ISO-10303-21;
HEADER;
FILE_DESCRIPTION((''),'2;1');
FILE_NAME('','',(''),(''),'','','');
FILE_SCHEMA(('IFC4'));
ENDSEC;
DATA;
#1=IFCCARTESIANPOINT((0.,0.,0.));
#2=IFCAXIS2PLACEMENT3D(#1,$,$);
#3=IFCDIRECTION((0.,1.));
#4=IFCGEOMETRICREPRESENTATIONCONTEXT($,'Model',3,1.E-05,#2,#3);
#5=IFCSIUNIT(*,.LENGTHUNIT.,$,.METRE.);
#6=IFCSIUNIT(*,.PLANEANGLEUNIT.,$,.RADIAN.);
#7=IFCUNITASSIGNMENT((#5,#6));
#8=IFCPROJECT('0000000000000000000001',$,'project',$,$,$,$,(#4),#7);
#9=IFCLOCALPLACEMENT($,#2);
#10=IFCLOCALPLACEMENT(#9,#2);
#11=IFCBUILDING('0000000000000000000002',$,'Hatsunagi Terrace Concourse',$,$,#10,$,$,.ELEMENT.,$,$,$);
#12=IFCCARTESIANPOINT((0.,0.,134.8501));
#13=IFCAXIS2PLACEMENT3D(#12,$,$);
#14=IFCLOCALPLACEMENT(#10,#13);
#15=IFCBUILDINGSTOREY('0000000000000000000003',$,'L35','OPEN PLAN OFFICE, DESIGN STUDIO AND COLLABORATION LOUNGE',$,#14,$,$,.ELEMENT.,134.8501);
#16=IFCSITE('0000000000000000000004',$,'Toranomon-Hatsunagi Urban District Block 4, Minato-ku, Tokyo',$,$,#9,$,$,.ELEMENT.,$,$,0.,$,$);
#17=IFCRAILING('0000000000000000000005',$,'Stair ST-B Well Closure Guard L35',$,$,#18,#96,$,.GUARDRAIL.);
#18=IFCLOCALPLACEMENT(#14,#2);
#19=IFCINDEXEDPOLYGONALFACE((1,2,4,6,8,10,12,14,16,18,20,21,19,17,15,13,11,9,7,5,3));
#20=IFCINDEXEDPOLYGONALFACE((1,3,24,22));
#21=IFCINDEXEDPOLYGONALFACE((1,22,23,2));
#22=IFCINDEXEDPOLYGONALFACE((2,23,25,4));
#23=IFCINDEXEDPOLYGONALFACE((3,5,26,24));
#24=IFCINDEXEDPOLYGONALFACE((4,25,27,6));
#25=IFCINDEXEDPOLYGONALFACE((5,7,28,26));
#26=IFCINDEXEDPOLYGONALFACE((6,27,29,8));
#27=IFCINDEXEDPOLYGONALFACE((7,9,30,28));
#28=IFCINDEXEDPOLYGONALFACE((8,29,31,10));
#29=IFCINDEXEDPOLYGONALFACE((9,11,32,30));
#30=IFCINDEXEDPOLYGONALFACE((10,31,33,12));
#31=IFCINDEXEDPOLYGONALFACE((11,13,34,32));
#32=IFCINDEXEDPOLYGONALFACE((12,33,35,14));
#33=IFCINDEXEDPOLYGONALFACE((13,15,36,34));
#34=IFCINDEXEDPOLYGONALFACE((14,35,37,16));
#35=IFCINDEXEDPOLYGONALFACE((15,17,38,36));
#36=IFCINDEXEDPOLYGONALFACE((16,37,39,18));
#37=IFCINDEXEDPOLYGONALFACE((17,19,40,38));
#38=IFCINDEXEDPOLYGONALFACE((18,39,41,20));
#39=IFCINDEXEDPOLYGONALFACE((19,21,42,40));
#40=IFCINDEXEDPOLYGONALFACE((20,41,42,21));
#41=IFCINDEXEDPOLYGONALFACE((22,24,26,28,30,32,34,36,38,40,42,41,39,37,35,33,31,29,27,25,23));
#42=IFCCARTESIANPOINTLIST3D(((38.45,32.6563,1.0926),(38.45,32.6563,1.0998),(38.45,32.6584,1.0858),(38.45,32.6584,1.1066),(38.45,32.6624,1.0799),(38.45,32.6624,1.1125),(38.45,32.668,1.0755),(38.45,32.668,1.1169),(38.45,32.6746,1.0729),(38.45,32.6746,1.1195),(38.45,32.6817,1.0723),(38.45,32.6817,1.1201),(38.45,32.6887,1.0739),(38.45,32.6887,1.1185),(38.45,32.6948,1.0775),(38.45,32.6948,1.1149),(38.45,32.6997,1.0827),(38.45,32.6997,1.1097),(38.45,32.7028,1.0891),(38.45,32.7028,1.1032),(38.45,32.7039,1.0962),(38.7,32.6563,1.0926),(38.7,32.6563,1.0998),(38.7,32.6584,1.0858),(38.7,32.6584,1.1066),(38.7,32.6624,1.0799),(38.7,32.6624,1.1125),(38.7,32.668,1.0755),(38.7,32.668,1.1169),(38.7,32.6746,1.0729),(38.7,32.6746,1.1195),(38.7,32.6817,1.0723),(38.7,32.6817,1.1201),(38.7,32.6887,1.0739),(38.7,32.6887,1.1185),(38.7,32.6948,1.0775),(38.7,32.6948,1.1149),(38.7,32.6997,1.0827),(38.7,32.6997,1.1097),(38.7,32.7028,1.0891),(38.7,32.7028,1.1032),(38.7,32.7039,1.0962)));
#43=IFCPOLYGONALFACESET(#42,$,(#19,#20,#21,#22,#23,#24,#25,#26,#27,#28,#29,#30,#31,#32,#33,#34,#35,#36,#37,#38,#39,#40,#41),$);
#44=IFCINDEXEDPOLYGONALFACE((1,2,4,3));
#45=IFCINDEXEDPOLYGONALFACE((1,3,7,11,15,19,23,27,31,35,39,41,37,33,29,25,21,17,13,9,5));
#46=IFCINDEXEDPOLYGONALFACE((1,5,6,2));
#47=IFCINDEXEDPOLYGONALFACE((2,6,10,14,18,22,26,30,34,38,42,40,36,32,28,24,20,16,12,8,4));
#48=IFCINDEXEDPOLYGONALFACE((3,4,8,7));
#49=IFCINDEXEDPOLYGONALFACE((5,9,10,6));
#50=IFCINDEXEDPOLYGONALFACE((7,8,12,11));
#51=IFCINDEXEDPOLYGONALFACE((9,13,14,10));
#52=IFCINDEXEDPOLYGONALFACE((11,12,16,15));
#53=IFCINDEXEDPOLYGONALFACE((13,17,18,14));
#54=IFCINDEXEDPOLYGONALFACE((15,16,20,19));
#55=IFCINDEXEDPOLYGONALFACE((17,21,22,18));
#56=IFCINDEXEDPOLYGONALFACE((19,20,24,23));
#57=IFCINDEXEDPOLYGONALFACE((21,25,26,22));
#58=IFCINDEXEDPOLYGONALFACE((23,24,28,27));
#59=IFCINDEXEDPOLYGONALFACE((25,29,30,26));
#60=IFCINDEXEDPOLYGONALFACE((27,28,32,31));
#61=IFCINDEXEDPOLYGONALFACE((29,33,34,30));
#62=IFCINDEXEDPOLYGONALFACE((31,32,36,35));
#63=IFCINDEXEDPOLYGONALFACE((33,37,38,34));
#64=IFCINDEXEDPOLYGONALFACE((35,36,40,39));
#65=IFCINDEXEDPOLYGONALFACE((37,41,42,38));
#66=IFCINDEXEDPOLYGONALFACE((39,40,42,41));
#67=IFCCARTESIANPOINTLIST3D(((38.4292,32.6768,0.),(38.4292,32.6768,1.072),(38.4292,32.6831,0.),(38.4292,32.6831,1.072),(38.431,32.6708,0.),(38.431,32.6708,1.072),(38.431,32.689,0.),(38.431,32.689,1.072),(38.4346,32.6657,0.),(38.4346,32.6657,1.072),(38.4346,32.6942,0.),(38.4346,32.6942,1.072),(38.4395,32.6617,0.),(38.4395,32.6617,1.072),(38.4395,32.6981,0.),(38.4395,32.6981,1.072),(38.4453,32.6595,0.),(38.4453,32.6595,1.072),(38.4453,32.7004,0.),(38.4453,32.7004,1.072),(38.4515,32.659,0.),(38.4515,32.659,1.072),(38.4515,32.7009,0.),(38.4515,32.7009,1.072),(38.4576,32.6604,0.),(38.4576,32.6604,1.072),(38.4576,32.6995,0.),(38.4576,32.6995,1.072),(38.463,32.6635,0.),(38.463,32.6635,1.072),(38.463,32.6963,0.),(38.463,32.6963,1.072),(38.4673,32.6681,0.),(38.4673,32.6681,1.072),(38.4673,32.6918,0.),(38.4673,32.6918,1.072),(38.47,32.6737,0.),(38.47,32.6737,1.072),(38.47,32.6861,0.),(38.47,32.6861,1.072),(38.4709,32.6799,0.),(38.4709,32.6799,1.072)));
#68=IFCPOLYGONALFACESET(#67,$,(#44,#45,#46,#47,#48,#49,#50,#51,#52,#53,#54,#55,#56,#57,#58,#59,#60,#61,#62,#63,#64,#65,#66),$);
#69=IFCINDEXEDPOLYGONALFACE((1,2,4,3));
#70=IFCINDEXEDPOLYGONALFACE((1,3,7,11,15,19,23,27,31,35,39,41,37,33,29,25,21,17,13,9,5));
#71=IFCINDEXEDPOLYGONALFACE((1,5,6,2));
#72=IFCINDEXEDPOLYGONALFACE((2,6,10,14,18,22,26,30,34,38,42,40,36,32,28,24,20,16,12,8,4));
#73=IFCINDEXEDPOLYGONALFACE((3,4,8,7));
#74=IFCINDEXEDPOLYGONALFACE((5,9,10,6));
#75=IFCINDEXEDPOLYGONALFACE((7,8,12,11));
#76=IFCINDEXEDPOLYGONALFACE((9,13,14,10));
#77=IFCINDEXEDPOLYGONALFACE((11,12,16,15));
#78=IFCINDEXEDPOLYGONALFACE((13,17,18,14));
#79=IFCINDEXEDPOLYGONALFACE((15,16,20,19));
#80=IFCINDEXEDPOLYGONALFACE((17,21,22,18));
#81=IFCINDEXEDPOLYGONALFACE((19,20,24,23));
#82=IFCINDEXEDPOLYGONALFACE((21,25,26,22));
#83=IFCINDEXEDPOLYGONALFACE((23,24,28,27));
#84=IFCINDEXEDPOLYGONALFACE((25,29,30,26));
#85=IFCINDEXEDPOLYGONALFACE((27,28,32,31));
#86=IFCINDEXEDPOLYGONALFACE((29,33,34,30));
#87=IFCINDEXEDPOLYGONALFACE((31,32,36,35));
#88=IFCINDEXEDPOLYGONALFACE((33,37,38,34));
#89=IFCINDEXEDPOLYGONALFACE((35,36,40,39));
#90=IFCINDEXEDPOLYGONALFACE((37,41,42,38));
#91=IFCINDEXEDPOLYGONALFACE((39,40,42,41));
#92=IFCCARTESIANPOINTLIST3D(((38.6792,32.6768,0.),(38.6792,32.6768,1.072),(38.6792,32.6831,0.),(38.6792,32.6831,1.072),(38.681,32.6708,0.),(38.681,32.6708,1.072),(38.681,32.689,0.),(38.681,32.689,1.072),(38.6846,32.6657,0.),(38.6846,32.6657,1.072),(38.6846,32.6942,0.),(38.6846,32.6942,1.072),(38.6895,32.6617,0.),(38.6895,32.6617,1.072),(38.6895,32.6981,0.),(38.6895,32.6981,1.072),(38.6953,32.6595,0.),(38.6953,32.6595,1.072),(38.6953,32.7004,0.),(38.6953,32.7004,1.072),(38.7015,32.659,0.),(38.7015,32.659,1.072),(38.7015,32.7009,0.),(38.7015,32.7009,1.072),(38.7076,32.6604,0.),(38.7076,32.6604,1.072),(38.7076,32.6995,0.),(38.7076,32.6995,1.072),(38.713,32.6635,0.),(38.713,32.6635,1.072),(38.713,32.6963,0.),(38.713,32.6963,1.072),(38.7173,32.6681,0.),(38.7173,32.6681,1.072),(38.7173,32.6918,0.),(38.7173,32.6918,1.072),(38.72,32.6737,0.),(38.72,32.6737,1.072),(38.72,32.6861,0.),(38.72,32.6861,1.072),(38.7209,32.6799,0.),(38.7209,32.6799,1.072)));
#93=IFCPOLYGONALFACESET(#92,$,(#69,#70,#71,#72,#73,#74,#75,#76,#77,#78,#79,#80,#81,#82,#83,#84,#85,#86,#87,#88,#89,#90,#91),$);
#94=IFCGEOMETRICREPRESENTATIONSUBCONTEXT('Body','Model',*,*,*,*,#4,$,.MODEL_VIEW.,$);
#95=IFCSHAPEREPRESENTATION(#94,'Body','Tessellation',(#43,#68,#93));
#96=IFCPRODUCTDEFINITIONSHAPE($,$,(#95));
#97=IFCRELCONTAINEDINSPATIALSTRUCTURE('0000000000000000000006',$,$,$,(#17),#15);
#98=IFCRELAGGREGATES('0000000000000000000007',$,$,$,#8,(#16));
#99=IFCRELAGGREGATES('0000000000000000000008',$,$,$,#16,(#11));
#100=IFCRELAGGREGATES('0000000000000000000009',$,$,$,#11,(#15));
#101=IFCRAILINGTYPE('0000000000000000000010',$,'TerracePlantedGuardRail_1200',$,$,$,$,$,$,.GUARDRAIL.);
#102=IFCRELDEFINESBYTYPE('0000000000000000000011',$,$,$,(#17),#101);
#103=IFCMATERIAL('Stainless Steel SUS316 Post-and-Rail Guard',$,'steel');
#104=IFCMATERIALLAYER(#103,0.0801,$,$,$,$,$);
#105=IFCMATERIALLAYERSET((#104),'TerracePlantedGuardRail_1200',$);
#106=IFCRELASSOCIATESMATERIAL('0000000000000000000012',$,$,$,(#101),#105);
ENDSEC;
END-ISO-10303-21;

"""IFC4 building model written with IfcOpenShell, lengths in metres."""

from ifc_helpers import new_model, si_unit, direction, frame, origin, origin_2d, place, context, subcontext, project, spatial, circle, extrude, material, layer, layer_set, type_object, element, save


model = new_model("IFC4")

# Units and contexts
model_context = context("Model", 3, precision=1e-05, world=origin(), true_north=direction((0.0, 1.0)))
body_context = subcontext(model_context, "Body", "Model", "MODEL_VIEW")
ifc_project = project(units=[si_unit("LENGTHUNIT", "METRE"), si_unit("PLANEANGLEUNIT", "RADIAN")], contexts=[model_context])

# Site, building, storey
site_placement = place(None, origin())
site = spatial("IfcSite", under=ifc_project, at=site_placement, Name="Toranomon-Hatsunagi Urban District Block 4, Minato-ku, Tokyo", CompositionType="ELEMENT", RefElevation=0.0)
building_placement = place(site_placement, origin())
building = spatial("IfcBuilding", under=site, at=building_placement, Name="Hatsunagi Terrace Concourse", CompositionType="ELEMENT")
storey_placement = place(building_placement, frame((0.0, 0.0, 134.8501)))
storey = spatial("IfcBuildingStorey", under=building, at=storey_placement, Name="L35", Description="OPEN PLAN OFFICE, DESIGN STUDIO AND COLLABORATION LOUNGE", CompositionType="ELEMENT", Elevation=134.8501)

# Railing
ifc_material_1 = material(Name="Stainless Steel SUS316 Post-and-Rail Guard", Category="steel")
ifc_layer_1 = layer(ifc_material_1, 0.0801)
ifc_layer_set_1 = layer_set([ifc_layer_1], Name="TerracePlantedGuardRail_1200")
railing_type_1 = type_object("IfcRailingType", Name="TerracePlantedGuardRail_1200", PredefinedType="GUARDRAIL", material=ifc_layer_set_1)
for number, where, name in (
    (1, (38.45, 32.6799, 0.0), "Stair ST-B Well Closure Guard L35"),
):
    element("IfcRailing", number, at=place(storey_placement, frame(where)), inside=storey, type_object=railing_type_1, Name=name, PredefinedType="GUARDRAIL", context=body_context, shape_type="SweptSolid", body=[
        extrude(circle(Radius=0.0239, at=origin_2d()), frame((0.0, 0.0, 1.0962), z_axis=(1.0, 0.0, 0.0), x_axis=(0.0, 1.0, 0.0)), (0.0, 0.0, 1.0), 0.25),
        extrude(circle(Radius=0.021, at=origin_2d()), origin(), (0.0, 0.0, 1.0), 1.072),
        extrude(circle(Radius=0.021, at=origin_2d()), frame((0.25, 0.0, 0.0)), (0.0, 0.0, 1.0), 1.072),
    ])

save(model, "model.ifc")
